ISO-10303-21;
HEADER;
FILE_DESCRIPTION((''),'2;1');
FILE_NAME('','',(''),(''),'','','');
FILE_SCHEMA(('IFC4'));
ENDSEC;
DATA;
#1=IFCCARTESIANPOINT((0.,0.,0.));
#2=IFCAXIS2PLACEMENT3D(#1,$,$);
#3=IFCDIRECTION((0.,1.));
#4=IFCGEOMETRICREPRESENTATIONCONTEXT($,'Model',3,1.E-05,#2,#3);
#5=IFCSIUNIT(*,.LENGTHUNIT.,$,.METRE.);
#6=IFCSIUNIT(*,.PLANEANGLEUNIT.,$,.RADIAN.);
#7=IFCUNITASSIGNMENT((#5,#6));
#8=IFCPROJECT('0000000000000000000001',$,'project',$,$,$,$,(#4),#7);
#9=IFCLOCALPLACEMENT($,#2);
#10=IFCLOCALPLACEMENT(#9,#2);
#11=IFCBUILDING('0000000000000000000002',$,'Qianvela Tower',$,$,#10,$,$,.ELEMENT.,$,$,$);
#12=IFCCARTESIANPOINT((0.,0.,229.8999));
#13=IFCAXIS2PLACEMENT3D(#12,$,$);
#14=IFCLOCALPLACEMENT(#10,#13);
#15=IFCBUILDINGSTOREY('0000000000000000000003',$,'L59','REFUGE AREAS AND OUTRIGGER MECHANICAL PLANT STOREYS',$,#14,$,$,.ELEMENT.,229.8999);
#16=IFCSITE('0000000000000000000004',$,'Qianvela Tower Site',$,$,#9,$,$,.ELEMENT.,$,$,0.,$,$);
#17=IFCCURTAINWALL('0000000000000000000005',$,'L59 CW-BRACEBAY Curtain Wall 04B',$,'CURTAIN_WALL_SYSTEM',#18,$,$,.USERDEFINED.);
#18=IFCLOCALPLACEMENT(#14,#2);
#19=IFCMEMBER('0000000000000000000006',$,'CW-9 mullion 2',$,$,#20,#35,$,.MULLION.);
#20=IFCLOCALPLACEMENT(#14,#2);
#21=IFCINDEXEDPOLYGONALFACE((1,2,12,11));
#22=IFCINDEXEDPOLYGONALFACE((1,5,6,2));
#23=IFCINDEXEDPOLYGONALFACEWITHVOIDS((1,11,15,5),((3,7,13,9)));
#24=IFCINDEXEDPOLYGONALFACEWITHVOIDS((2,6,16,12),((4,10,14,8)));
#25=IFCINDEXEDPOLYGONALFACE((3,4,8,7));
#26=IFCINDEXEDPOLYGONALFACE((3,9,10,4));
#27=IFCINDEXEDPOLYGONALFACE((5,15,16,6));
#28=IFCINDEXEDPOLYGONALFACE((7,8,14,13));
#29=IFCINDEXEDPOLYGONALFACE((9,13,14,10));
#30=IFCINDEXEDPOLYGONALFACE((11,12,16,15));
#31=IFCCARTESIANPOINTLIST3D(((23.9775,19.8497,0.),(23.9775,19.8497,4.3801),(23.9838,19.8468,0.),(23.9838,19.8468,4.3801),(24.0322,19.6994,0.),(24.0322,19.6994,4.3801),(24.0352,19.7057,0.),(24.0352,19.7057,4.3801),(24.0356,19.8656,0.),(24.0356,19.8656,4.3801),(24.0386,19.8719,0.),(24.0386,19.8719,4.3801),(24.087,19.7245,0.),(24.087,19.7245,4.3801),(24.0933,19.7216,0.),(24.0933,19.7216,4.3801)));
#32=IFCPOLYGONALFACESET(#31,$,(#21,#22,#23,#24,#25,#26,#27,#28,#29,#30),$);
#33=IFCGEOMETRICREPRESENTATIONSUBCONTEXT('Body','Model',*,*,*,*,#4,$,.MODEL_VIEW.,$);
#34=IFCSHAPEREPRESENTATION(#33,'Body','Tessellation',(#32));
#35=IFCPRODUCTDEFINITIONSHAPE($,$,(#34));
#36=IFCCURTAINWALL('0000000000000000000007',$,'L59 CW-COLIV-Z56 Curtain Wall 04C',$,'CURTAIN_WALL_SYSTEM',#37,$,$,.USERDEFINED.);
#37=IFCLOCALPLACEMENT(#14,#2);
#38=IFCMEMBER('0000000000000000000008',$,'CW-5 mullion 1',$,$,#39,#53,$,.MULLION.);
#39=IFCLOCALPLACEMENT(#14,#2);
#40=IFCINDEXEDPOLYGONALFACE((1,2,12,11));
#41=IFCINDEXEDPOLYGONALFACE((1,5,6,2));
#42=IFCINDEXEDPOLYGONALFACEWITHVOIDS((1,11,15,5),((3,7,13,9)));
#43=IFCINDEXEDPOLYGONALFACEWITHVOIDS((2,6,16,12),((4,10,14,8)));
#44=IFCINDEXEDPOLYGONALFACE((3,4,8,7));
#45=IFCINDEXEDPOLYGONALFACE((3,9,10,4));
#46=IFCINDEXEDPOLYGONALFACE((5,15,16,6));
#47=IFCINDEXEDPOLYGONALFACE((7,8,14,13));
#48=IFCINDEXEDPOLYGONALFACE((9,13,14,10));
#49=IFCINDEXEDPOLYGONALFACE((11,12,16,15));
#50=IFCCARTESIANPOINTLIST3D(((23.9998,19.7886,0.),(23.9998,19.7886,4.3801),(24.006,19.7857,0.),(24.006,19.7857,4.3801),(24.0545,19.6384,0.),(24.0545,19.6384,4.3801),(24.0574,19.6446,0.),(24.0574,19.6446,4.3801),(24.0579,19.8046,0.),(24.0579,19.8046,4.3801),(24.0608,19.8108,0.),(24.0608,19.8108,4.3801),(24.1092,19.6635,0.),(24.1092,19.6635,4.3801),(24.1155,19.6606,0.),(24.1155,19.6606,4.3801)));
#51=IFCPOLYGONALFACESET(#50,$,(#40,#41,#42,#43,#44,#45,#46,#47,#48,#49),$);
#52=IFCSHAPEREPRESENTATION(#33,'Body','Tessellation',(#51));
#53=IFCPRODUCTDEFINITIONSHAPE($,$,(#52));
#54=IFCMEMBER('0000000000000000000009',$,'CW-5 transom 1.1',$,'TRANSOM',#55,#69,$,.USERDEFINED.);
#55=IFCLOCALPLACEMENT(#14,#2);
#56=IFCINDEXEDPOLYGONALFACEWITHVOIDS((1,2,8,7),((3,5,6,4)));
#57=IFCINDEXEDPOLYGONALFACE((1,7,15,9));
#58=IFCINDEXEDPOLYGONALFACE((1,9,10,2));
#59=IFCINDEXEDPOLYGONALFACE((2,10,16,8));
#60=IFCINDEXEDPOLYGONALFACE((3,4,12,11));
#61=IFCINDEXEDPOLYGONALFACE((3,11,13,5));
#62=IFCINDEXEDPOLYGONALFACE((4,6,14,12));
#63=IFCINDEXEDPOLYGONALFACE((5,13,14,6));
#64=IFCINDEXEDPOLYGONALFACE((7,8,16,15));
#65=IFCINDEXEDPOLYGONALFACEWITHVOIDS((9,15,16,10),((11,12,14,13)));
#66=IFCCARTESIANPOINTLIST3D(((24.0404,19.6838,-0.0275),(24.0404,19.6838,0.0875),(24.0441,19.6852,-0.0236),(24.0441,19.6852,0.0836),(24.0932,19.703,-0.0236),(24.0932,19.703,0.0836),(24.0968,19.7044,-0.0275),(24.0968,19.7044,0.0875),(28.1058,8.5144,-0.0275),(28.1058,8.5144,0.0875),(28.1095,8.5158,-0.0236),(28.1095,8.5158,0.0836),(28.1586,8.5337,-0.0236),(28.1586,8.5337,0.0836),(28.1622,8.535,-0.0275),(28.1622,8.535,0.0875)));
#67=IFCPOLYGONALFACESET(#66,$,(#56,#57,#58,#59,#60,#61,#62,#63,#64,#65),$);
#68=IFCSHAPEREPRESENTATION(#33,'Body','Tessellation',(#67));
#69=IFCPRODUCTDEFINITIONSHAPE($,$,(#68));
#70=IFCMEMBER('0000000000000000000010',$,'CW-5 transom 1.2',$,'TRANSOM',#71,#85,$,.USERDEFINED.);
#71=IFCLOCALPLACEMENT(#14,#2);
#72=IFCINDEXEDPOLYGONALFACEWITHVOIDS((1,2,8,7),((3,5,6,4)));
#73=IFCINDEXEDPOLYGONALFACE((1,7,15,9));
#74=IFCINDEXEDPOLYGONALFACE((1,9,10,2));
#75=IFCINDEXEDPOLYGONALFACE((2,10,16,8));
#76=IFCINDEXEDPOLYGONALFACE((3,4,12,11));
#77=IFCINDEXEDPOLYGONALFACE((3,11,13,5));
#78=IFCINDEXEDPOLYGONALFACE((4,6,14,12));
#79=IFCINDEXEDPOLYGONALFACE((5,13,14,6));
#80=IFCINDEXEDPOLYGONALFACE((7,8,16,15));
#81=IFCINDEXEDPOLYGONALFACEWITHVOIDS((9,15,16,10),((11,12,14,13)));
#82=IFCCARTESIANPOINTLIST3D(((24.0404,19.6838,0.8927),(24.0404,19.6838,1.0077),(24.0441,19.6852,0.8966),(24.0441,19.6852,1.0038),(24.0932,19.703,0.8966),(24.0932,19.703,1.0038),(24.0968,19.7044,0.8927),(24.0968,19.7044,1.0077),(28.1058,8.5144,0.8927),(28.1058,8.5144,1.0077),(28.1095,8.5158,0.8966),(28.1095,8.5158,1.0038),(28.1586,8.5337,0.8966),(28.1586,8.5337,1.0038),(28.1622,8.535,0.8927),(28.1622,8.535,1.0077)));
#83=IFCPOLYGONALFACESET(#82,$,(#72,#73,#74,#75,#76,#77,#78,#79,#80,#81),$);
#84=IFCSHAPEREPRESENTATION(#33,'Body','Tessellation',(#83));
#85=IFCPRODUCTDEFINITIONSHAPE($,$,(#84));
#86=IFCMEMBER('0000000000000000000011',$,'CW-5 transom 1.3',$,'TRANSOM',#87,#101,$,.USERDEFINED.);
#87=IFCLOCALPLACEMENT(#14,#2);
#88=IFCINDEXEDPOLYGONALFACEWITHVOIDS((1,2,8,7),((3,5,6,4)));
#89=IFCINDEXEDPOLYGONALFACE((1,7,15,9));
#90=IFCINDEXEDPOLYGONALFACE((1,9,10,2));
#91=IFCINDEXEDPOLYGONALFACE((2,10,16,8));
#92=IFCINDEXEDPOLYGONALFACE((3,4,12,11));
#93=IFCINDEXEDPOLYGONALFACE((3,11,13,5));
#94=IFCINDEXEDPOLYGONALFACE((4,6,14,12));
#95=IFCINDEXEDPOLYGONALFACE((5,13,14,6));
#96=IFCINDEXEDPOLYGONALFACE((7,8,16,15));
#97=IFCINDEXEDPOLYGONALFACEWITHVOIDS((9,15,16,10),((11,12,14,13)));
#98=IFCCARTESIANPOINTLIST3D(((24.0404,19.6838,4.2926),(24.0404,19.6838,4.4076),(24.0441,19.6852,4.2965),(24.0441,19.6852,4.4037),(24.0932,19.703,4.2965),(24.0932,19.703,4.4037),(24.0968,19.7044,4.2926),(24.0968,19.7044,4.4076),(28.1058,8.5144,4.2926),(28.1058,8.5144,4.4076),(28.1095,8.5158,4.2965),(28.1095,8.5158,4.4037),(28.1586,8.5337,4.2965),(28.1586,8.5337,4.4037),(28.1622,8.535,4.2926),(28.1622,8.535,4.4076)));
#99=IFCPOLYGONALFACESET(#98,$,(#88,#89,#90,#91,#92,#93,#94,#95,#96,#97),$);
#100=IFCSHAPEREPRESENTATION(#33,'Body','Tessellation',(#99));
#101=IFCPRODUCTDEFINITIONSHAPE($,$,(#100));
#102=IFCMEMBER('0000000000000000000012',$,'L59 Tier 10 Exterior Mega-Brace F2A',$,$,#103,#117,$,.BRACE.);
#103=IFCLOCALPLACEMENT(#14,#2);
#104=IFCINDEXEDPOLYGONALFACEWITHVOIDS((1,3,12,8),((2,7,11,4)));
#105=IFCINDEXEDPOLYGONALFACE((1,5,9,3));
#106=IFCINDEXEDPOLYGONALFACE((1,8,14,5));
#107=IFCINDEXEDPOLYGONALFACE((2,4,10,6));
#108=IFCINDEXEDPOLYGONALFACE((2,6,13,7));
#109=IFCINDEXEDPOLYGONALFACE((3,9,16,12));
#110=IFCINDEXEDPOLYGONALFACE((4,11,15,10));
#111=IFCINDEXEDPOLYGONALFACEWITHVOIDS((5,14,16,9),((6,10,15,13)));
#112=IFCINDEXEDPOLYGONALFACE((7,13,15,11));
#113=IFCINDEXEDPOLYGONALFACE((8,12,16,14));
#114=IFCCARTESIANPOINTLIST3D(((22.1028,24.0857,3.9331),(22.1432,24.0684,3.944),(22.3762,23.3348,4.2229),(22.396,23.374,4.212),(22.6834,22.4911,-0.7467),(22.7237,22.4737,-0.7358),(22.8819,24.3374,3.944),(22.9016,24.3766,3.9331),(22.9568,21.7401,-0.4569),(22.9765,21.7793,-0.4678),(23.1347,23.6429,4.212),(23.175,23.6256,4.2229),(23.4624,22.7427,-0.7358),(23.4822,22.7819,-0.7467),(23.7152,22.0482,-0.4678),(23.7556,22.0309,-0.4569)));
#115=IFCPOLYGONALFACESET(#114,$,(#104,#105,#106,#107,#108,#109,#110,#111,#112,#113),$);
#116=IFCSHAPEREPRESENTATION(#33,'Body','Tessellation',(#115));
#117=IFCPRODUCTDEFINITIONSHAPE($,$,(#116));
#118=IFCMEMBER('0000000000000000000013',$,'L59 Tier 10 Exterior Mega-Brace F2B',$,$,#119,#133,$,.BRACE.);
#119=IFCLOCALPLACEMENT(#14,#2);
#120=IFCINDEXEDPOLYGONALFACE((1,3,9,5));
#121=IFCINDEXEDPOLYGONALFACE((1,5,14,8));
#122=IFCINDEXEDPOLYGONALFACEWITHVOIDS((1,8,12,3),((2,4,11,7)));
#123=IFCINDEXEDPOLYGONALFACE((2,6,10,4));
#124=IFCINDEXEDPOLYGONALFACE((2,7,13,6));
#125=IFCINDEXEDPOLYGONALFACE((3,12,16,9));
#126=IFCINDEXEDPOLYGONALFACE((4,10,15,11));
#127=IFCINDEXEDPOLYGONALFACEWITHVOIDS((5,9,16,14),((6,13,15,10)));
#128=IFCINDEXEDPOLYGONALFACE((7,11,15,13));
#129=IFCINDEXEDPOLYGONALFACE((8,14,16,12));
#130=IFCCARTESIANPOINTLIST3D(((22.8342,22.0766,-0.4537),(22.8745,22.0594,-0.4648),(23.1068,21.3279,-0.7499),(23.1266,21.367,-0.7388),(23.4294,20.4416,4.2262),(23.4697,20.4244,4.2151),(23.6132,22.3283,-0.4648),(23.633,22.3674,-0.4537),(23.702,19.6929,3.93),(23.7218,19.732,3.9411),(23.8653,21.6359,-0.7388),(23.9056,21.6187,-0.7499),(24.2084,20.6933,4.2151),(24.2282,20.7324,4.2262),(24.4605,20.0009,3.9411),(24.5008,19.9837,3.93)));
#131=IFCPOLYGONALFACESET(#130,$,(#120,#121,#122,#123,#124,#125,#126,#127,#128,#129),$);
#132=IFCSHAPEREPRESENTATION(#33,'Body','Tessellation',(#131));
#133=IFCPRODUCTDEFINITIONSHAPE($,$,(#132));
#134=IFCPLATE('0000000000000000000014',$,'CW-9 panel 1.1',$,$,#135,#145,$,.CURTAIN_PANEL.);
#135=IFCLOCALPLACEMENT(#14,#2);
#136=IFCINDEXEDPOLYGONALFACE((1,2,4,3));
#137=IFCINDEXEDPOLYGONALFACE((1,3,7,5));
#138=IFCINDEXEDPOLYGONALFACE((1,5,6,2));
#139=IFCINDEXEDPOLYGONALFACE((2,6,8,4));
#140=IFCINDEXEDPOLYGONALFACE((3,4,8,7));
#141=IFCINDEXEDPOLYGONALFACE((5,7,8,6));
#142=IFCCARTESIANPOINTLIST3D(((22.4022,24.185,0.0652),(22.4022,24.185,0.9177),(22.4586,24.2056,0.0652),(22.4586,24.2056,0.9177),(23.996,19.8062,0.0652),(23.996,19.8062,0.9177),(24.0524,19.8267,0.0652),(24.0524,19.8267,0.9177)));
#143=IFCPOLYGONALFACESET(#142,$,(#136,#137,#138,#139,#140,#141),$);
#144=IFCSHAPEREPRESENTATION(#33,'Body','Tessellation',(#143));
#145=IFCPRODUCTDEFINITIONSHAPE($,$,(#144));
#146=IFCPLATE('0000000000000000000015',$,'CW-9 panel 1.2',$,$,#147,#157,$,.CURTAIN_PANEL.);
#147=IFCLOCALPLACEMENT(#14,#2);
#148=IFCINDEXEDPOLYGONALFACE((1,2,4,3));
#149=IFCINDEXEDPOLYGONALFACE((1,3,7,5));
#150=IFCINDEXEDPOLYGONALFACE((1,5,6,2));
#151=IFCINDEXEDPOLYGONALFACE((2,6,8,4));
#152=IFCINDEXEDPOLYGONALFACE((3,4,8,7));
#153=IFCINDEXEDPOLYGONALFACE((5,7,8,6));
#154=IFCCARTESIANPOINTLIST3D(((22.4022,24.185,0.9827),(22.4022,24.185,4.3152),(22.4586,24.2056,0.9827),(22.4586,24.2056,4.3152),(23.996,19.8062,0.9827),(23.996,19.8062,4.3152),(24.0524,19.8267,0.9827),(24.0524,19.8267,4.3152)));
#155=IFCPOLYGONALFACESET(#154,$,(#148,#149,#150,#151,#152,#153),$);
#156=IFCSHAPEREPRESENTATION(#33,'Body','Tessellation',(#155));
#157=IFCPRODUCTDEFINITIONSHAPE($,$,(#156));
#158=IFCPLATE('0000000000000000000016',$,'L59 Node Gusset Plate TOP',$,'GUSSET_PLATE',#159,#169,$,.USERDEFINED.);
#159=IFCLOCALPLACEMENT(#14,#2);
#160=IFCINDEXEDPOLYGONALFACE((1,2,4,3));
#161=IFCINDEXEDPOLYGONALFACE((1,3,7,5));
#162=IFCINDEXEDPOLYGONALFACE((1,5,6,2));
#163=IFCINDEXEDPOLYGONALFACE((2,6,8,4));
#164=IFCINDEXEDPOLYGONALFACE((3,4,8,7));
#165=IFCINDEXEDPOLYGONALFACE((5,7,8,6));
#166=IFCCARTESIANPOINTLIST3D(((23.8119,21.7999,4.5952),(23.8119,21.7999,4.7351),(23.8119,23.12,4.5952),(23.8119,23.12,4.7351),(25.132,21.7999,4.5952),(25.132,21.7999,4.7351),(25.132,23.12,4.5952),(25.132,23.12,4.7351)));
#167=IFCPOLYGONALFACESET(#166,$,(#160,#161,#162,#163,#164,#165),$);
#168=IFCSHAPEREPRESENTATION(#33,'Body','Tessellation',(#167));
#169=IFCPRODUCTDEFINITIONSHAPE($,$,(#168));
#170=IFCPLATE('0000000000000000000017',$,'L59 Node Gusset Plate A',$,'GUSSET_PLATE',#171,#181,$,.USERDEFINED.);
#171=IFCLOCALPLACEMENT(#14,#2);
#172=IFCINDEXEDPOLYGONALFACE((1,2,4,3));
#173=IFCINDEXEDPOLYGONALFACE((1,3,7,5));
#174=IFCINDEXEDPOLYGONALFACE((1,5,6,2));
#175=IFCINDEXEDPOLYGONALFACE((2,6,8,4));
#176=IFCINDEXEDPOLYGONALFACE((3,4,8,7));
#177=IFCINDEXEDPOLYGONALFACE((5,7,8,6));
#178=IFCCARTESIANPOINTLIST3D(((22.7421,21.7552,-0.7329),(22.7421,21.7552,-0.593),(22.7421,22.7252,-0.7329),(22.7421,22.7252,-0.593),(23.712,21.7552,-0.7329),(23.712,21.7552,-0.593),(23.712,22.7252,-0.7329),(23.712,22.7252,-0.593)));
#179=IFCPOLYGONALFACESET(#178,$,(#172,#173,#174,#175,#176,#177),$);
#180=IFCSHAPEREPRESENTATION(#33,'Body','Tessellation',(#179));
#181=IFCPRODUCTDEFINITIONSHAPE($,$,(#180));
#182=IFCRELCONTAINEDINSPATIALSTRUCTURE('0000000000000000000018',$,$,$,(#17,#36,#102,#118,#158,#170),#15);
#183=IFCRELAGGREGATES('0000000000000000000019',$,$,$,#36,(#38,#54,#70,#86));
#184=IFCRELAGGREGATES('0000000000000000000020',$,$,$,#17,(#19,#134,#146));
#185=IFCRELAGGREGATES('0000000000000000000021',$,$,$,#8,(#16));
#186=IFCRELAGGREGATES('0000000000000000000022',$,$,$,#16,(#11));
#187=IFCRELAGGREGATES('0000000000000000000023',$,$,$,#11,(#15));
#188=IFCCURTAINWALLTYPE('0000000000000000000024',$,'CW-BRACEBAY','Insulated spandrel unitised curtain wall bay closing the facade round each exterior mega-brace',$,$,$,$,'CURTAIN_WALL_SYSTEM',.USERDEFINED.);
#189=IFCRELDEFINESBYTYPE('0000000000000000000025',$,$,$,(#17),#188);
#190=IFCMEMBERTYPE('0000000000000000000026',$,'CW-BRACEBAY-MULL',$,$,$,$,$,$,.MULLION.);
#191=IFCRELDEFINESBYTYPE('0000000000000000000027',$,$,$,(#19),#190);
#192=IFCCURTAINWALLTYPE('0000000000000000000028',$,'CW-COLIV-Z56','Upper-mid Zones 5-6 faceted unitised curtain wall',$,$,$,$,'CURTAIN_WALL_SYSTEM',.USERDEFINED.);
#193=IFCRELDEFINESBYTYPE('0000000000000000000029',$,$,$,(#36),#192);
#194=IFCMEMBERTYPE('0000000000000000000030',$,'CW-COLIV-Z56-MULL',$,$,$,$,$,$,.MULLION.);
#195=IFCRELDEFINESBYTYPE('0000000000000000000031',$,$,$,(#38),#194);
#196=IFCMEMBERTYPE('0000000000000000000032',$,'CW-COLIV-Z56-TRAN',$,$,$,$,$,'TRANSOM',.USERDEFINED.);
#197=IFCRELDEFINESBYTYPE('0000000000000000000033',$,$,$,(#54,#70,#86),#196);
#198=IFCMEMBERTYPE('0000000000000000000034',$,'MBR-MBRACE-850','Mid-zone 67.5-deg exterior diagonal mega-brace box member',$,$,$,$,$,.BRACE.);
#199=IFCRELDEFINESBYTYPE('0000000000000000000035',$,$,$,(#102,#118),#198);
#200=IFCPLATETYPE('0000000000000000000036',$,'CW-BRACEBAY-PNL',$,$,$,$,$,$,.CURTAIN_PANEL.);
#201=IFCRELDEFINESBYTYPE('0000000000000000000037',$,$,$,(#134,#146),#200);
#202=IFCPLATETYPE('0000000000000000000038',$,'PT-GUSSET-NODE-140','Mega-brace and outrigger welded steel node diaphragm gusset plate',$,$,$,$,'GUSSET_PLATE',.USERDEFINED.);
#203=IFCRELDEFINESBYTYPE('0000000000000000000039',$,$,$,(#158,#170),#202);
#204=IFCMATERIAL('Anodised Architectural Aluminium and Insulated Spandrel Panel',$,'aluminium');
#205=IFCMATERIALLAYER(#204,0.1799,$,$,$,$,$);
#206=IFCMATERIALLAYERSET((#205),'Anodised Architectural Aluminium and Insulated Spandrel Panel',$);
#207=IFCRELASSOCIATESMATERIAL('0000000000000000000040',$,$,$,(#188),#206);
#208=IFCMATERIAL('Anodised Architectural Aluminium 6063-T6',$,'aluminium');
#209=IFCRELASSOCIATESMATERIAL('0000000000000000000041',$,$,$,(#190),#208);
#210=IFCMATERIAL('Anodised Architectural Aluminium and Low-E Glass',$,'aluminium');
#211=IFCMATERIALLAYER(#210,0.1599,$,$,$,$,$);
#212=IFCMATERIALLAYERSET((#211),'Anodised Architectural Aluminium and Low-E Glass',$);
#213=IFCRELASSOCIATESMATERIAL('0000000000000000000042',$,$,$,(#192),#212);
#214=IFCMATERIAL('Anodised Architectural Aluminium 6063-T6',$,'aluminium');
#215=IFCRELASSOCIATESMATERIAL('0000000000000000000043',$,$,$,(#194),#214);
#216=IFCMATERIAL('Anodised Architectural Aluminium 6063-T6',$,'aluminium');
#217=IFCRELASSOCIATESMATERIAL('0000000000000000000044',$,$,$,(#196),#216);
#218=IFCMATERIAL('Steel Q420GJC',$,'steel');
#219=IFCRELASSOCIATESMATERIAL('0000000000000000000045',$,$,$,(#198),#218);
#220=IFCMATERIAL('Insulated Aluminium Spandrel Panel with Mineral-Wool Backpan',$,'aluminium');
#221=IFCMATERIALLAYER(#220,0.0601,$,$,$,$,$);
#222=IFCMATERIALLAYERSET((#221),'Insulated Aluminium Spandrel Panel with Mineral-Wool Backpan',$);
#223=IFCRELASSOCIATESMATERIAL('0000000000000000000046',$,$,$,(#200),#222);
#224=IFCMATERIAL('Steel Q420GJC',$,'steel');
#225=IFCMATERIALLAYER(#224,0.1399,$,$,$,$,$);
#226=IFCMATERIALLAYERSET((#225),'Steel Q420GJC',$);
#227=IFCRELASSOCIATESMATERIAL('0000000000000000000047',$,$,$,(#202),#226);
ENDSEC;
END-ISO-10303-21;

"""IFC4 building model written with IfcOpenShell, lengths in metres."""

from ifc_helpers import new_model, si_unit, direction, frame, origin, origin_2d, place, context, subcontext, project, spatial, rectangle, hollow_rectangle, extrude, material, layer, layer_set, material_profile, profile_set, type_object, element, aggregate, save


model = new_model("IFC4")

# Units and contexts
model_context = context("Model", 3, precision=1e-05, world=origin(), true_north=direction((0.0, 1.0)))
body_context = subcontext(model_context, "Body", "Model", "MODEL_VIEW")
ifc_project = project(units=[si_unit("LENGTHUNIT", "METRE"), si_unit("PLANEANGLEUNIT", "RADIAN")], contexts=[model_context])

# Site, building, storey
site_placement = place(None, origin())
site = spatial("IfcSite", under=ifc_project, at=site_placement, Name="Qianvela Tower Site", CompositionType="ELEMENT", RefElevation=0.0)
building_placement = place(site_placement, origin())
building = spatial("IfcBuilding", under=site, at=building_placement, Name="Qianvela Tower", CompositionType="ELEMENT")
storey_placement = place(building_placement, frame((0.0, 0.0, 229.8999)))
storey = spatial("IfcBuildingStorey", under=building, at=storey_placement, Name="L59", Description="REFUGE AREAS AND OUTRIGGER MECHANICAL PLANT STOREYS", CompositionType="ELEMENT", Elevation=229.8999)

# Curtain wall, member
ifc_material_1 = material(Name="Anodised Architectural Aluminium and Insulated Spandrel Panel", Category="aluminium")
ifc_layer_1 = layer(ifc_material_1, 0.1799)
ifc_layer_set_1 = layer_set([ifc_layer_1], Name="Anodised Architectural Aluminium and Insulated Spandrel Panel")
curtain_wall_type_1 = type_object("IfcCurtainWallType", Name="CW-BRACEBAY", Description="Insulated spandrel unitised curtain wall bay closing the facade round each exterior mega-brace", ElementType="CURTAIN_WALL_SYSTEM", PredefinedType="USERDEFINED", material=ifc_layer_set_1)
curtain_wall_1_placement = place(storey_placement, origin())
curtain_wall_1 = element("IfcCurtainWall", 1, at=curtain_wall_1_placement, inside=storey, type_object=curtain_wall_type_1, Name="L59 CW-BRACEBAY Curtain Wall 04B", ObjectType="CURTAIN_WALL_SYSTEM", PredefinedType="USERDEFINED")
ifc_material_2 = material(Name="Anodised Architectural Aluminium 6063-T6", Category="aluminium")
ifc_material_profile_1 = material_profile(ifc_material_2, hollow_rectangle(XDim=0.0649, YDim=0.1599, WallThickness=0.0049, at=origin_2d()), Name="ALU-MULL-65x160")
ifc_profile_set_1 = profile_set([ifc_material_profile_1], Name="Anodised Architectural Aluminium 6063-T6")
member_type_1 = type_object("IfcMemberType", Name="CW-BRACEBAY-MULL", PredefinedType="MULLION", material=ifc_profile_set_1)
member_1_placement = place(storey_placement, frame((24.0354, 19.7856, 0.0), z_axis=(0.0, 0.0, 1.0), x_axis=(0.93969, 0.342026, 0.0)))
member_1 = element("IfcMember", 2, at=member_1_placement, type_object=member_type_1, Name="CW-9 mullion 2", PredefinedType="MULLION", context=body_context, shape_type="SweptSolid", body=[
    extrude(hollow_rectangle(XDim=0.0649, YDim=0.1599, WallThickness=0.0049, at=origin_2d()), origin(), (0.0, 0.0, 1.0), 4.3801),
])

# Curtain wall, members
ifc_material_3 = material(Name="Anodised Architectural Aluminium and Low-E Glass", Category="aluminium")
ifc_layer_2 = layer(ifc_material_3, 0.1599)
ifc_layer_set_2 = layer_set([ifc_layer_2], Name="Anodised Architectural Aluminium and Low-E Glass")
curtain_wall_type_2 = type_object("IfcCurtainWallType", Name="CW-COLIV-Z56", Description="Upper-mid Zones 5-6 faceted unitised curtain wall", ElementType="CURTAIN_WALL_SYSTEM", PredefinedType="USERDEFINED", material=ifc_layer_set_2)
curtain_wall_2_placement = place(storey_placement, origin())
curtain_wall_2 = element("IfcCurtainWall", 3, at=curtain_wall_2_placement, inside=storey, type_object=curtain_wall_type_2, Name="L59 CW-COLIV-Z56 Curtain Wall 04C", ObjectType="CURTAIN_WALL_SYSTEM", PredefinedType="USERDEFINED")
ifc_material_4 = material(Name="Anodised Architectural Aluminium 6063-T6", Category="aluminium")
ifc_material_profile_2 = material_profile(ifc_material_4, hollow_rectangle(XDim=0.0649, YDim=0.1599, WallThickness=0.0049, at=origin_2d()), Name="ALU-MULL-65x160")
ifc_profile_set_2 = profile_set([ifc_material_profile_2], Name="Anodised Architectural Aluminium 6063-T6")
member_type_2 = type_object("IfcMemberType", Name="CW-COLIV-Z56-MULL", PredefinedType="MULLION", material=ifc_profile_set_2)
member_2_placement = place(storey_placement, frame((24.0576, 19.7246, 0.0), z_axis=(0.0, 0.0, 1.0), x_axis=(0.939694, 0.342017, 0.0)))
member_2 = element("IfcMember", 4, at=member_2_placement, type_object=member_type_2, Name="CW-5 mullion 1", PredefinedType="MULLION", context=body_context, shape_type="SweptSolid", body=[
    extrude(hollow_rectangle(XDim=0.0649, YDim=0.1599, WallThickness=0.0049, at=origin_2d()), origin(), (0.0, 0.0, 1.0), 4.3801),
])
ifc_material_5 = material(Name="Anodised Architectural Aluminium 6063-T6", Category="aluminium")
ifc_material_profile_3 = material_profile(ifc_material_5, hollow_rectangle(XDim=0.0601, YDim=0.115, WallThickness=0.0039, at=origin_2d()), Name="ALU-TRAN-60x115")
ifc_profile_set_3 = profile_set([ifc_material_profile_3], Name="Anodised Architectural Aluminium 6063-T6")
member_type_3 = type_object("IfcMemberType", Name="CW-COLIV-Z56-TRAN", ElementType="TRANSOM", PredefinedType="USERDEFINED", material=ifc_profile_set_3)
member_3_placement = place(storey_placement, frame((24.0686, 19.6941, 0.03), z_axis=(0.342027, -0.93969, 0.0), x_axis=(0.93969, 0.342027, 0.0)))
member_3 = element("IfcMember", 5, at=member_3_placement, type_object=member_type_3, Name="CW-5 transom 1.1", ObjectType="TRANSOM", PredefinedType="USERDEFINED", context=body_context, shape_type="SweptSolid", body=[
    extrude(hollow_rectangle(XDim=0.0601, YDim=0.115, WallThickness=0.0039, at=origin_2d()), origin(), (0.0, 0.0, 1.0), 11.8862),
])
member_4_placement = place(storey_placement, frame((24.0686, 19.6941, 0.9502), z_axis=(0.342027, -0.93969, 0.0), x_axis=(0.93969, 0.342027, 0.0)))
member_4 = element("IfcMember", 6, at=member_4_placement, type_object=member_type_3, Name="CW-5 transom 1.2", ObjectType="TRANSOM", PredefinedType="USERDEFINED", context=body_context, shape_type="SweptSolid", body=[
    extrude(hollow_rectangle(XDim=0.0601, YDim=0.115, WallThickness=0.0039, at=origin_2d()), origin(), (0.0, 0.0, 1.0), 11.8862),
])
member_5_placement = place(storey_placement, frame((24.0686, 19.6941, 4.3501), z_axis=(0.342027, -0.93969, 0.0), x_axis=(0.93969, 0.342027, 0.0)))
member_5 = element("IfcMember", 7, at=member_5_placement, type_object=member_type_3, Name="CW-5 transom 1.3", ObjectType="TRANSOM", PredefinedType="USERDEFINED", context=body_context, shape_type="SweptSolid", body=[
    extrude(hollow_rectangle(XDim=0.0601, YDim=0.115, WallThickness=0.0039, at=origin_2d()), origin(), (0.0, 0.0, 1.0), 11.8862),
])
aggregate(curtain_wall_2, [member_2, member_3, member_4, member_5])

# Members
ifc_material_6 = material(Name="Steel Q420GJC", Category="steel")
ifc_material_profile_4 = material_profile(ifc_material_6, hollow_rectangle(XDim=0.8501, YDim=0.8501, WallThickness=0.032, at=origin_2d()), Name="MBOX-850x850x32")
ifc_profile_set_4 = profile_set([ifc_material_profile_4], Name="Steel Q420GJC")
member_type_4 = type_object("IfcMemberType", Name="MBR-MBRACE-850", Description="Mid-zone 67.5-deg exterior diagonal mega-brace box member", PredefinedType="BRACE", material=ifc_profile_set_4)
member_6_placement = place(storey_placement, frame((23.2195, 22.261, -0.6018), z_axis=(-0.116623, 0.320345, 0.940095), x_axis=(-0.939667, -0.34209, 0.0)))
element("IfcMember", 8, at=member_6_placement, inside=storey, type_object=member_type_4, Name="L59 Tier 10 Exterior Mega-Brace F2A", PredefinedType="BRACE", context=body_context, shape_type="SweptSolid", body=[
    extrude(hollow_rectangle(XDim=0.8501, YDim=0.8501, WallThickness=0.032, at=origin_2d()), origin(), (0.0, 0.0, 1.0), 4.978),
])
member_7_placement = place(storey_placement, frame((23.3699, 21.8477, -0.6018), z_axis=(0.119212, -0.327465, 0.937313), x_axis=(0.93967, 0.342081, 0.0)))
element("IfcMember", 9, at=member_7_placement, inside=storey, type_object=member_type_4, Name="L59 Tier 10 Exterior Mega-Brace F2B", PredefinedType="BRACE", context=body_context, shape_type="SweptSolid", body=[
    extrude(hollow_rectangle(XDim=0.8501, YDim=0.8501, WallThickness=0.032, at=origin_2d()), origin(), (0.0, 0.0, 1.0), 4.9929),
])

# Plates
ifc_material_7 = material(Name="Insulated Aluminium Spandrel Panel with Mineral-Wool Backpan", Category="aluminium")
ifc_layer_3 = layer(ifc_material_7, 0.0601)
ifc_layer_set_3 = layer_set([ifc_layer_3], Name="Insulated Aluminium Spandrel Panel with Mineral-Wool Backpan")
plate_type_1 = type_object("IfcPlateType", Name="CW-BRACEBAY-PNL", PredefinedType="CURTAIN_PANEL", material=ifc_layer_set_3)
plate_1_placement = place(storey_placement, frame((23.2273, 22.0059, 0.0652), z_axis=(0.0, 0.0, 1.0), x_axis=(0.342026, -0.93969, 0.0)))
plate_1 = element("IfcPlate", 10, at=plate_1_placement, type_object=plate_type_1, Name="CW-9 panel 1.1", PredefinedType="CURTAIN_PANEL", context=body_context, shape_type="SweptSolid", body=[
    extrude(rectangle(XDim=4.6599, YDim=0.0601, at=origin_2d()), origin(), (0.0, 0.0, 1.0), 0.8525),
])
plate_2_placement = place(storey_placement, frame((23.2273, 22.0059, 0.9827), z_axis=(0.0, 0.0, 1.0), x_axis=(0.342026, -0.93969, 0.0)))
plate_2 = element("IfcPlate", 11, at=plate_2_placement, type_object=plate_type_1, Name="CW-9 panel 1.2", PredefinedType="CURTAIN_PANEL", context=body_context, shape_type="SweptSolid", body=[
    extrude(rectangle(XDim=4.6599, YDim=0.0601, at=origin_2d()), origin(), (0.0, 0.0, 1.0), 3.3325),
])
aggregate(curtain_wall_1, [member_1, plate_1, plate_2])

# Plates
ifc_material_8 = material(Name="Steel Q420GJC", Category="steel")
ifc_layer_4 = layer(ifc_material_8, 0.1399)
ifc_layer_set_4 = layer_set([ifc_layer_4], Name="Steel Q420GJC")
plate_type_2 = type_object("IfcPlateType", Name="PT-GUSSET-NODE-140", Description="Mega-brace and outrigger welded steel node diaphragm gusset plate", ElementType="GUSSET_PLATE", PredefinedType="USERDEFINED", material=ifc_layer_set_4)
plate_3_placement = place(storey_placement, frame((24.4719, 22.46, 4.5952), z_axis=(0.0, 0.0, 1.0), x_axis=(1.0, 0.0, 0.0)))
element("IfcPlate", 12, at=plate_3_placement, inside=storey, type_object=plate_type_2, Name="L59 Node Gusset Plate TOP", ObjectType="GUSSET_PLATE", PredefinedType="USERDEFINED", context=body_context, shape_type="SweptSolid", body=[
    extrude(rectangle(XDim=1.3201, YDim=1.3201, at=origin_2d()), origin(), (0.0, 0.0, 1.0), 0.1399),
])
for number, where, z_axis, x_axis, name in (
    (13, (23.2271, 22.2402, -0.7329), (0.0, 0.0, 1.0), (1.0, 0.0, 0.0), "L59 Node Gusset Plate A"),
):
    element("IfcPlate", number, at=place(storey_placement, frame(where, z_axis=z_axis, x_axis=x_axis)), inside=storey, type_object=plate_type_2, Name=name, ObjectType="GUSSET_PLATE", PredefinedType="USERDEFINED", context=body_context, shape_type="SweptSolid", body=[
        extrude(rectangle(XDim=0.97, YDim=0.97, at=origin_2d()), origin(), (0.0, 0.0, 1.0), 0.1399),
    ])

save(model, "model.ifc")
